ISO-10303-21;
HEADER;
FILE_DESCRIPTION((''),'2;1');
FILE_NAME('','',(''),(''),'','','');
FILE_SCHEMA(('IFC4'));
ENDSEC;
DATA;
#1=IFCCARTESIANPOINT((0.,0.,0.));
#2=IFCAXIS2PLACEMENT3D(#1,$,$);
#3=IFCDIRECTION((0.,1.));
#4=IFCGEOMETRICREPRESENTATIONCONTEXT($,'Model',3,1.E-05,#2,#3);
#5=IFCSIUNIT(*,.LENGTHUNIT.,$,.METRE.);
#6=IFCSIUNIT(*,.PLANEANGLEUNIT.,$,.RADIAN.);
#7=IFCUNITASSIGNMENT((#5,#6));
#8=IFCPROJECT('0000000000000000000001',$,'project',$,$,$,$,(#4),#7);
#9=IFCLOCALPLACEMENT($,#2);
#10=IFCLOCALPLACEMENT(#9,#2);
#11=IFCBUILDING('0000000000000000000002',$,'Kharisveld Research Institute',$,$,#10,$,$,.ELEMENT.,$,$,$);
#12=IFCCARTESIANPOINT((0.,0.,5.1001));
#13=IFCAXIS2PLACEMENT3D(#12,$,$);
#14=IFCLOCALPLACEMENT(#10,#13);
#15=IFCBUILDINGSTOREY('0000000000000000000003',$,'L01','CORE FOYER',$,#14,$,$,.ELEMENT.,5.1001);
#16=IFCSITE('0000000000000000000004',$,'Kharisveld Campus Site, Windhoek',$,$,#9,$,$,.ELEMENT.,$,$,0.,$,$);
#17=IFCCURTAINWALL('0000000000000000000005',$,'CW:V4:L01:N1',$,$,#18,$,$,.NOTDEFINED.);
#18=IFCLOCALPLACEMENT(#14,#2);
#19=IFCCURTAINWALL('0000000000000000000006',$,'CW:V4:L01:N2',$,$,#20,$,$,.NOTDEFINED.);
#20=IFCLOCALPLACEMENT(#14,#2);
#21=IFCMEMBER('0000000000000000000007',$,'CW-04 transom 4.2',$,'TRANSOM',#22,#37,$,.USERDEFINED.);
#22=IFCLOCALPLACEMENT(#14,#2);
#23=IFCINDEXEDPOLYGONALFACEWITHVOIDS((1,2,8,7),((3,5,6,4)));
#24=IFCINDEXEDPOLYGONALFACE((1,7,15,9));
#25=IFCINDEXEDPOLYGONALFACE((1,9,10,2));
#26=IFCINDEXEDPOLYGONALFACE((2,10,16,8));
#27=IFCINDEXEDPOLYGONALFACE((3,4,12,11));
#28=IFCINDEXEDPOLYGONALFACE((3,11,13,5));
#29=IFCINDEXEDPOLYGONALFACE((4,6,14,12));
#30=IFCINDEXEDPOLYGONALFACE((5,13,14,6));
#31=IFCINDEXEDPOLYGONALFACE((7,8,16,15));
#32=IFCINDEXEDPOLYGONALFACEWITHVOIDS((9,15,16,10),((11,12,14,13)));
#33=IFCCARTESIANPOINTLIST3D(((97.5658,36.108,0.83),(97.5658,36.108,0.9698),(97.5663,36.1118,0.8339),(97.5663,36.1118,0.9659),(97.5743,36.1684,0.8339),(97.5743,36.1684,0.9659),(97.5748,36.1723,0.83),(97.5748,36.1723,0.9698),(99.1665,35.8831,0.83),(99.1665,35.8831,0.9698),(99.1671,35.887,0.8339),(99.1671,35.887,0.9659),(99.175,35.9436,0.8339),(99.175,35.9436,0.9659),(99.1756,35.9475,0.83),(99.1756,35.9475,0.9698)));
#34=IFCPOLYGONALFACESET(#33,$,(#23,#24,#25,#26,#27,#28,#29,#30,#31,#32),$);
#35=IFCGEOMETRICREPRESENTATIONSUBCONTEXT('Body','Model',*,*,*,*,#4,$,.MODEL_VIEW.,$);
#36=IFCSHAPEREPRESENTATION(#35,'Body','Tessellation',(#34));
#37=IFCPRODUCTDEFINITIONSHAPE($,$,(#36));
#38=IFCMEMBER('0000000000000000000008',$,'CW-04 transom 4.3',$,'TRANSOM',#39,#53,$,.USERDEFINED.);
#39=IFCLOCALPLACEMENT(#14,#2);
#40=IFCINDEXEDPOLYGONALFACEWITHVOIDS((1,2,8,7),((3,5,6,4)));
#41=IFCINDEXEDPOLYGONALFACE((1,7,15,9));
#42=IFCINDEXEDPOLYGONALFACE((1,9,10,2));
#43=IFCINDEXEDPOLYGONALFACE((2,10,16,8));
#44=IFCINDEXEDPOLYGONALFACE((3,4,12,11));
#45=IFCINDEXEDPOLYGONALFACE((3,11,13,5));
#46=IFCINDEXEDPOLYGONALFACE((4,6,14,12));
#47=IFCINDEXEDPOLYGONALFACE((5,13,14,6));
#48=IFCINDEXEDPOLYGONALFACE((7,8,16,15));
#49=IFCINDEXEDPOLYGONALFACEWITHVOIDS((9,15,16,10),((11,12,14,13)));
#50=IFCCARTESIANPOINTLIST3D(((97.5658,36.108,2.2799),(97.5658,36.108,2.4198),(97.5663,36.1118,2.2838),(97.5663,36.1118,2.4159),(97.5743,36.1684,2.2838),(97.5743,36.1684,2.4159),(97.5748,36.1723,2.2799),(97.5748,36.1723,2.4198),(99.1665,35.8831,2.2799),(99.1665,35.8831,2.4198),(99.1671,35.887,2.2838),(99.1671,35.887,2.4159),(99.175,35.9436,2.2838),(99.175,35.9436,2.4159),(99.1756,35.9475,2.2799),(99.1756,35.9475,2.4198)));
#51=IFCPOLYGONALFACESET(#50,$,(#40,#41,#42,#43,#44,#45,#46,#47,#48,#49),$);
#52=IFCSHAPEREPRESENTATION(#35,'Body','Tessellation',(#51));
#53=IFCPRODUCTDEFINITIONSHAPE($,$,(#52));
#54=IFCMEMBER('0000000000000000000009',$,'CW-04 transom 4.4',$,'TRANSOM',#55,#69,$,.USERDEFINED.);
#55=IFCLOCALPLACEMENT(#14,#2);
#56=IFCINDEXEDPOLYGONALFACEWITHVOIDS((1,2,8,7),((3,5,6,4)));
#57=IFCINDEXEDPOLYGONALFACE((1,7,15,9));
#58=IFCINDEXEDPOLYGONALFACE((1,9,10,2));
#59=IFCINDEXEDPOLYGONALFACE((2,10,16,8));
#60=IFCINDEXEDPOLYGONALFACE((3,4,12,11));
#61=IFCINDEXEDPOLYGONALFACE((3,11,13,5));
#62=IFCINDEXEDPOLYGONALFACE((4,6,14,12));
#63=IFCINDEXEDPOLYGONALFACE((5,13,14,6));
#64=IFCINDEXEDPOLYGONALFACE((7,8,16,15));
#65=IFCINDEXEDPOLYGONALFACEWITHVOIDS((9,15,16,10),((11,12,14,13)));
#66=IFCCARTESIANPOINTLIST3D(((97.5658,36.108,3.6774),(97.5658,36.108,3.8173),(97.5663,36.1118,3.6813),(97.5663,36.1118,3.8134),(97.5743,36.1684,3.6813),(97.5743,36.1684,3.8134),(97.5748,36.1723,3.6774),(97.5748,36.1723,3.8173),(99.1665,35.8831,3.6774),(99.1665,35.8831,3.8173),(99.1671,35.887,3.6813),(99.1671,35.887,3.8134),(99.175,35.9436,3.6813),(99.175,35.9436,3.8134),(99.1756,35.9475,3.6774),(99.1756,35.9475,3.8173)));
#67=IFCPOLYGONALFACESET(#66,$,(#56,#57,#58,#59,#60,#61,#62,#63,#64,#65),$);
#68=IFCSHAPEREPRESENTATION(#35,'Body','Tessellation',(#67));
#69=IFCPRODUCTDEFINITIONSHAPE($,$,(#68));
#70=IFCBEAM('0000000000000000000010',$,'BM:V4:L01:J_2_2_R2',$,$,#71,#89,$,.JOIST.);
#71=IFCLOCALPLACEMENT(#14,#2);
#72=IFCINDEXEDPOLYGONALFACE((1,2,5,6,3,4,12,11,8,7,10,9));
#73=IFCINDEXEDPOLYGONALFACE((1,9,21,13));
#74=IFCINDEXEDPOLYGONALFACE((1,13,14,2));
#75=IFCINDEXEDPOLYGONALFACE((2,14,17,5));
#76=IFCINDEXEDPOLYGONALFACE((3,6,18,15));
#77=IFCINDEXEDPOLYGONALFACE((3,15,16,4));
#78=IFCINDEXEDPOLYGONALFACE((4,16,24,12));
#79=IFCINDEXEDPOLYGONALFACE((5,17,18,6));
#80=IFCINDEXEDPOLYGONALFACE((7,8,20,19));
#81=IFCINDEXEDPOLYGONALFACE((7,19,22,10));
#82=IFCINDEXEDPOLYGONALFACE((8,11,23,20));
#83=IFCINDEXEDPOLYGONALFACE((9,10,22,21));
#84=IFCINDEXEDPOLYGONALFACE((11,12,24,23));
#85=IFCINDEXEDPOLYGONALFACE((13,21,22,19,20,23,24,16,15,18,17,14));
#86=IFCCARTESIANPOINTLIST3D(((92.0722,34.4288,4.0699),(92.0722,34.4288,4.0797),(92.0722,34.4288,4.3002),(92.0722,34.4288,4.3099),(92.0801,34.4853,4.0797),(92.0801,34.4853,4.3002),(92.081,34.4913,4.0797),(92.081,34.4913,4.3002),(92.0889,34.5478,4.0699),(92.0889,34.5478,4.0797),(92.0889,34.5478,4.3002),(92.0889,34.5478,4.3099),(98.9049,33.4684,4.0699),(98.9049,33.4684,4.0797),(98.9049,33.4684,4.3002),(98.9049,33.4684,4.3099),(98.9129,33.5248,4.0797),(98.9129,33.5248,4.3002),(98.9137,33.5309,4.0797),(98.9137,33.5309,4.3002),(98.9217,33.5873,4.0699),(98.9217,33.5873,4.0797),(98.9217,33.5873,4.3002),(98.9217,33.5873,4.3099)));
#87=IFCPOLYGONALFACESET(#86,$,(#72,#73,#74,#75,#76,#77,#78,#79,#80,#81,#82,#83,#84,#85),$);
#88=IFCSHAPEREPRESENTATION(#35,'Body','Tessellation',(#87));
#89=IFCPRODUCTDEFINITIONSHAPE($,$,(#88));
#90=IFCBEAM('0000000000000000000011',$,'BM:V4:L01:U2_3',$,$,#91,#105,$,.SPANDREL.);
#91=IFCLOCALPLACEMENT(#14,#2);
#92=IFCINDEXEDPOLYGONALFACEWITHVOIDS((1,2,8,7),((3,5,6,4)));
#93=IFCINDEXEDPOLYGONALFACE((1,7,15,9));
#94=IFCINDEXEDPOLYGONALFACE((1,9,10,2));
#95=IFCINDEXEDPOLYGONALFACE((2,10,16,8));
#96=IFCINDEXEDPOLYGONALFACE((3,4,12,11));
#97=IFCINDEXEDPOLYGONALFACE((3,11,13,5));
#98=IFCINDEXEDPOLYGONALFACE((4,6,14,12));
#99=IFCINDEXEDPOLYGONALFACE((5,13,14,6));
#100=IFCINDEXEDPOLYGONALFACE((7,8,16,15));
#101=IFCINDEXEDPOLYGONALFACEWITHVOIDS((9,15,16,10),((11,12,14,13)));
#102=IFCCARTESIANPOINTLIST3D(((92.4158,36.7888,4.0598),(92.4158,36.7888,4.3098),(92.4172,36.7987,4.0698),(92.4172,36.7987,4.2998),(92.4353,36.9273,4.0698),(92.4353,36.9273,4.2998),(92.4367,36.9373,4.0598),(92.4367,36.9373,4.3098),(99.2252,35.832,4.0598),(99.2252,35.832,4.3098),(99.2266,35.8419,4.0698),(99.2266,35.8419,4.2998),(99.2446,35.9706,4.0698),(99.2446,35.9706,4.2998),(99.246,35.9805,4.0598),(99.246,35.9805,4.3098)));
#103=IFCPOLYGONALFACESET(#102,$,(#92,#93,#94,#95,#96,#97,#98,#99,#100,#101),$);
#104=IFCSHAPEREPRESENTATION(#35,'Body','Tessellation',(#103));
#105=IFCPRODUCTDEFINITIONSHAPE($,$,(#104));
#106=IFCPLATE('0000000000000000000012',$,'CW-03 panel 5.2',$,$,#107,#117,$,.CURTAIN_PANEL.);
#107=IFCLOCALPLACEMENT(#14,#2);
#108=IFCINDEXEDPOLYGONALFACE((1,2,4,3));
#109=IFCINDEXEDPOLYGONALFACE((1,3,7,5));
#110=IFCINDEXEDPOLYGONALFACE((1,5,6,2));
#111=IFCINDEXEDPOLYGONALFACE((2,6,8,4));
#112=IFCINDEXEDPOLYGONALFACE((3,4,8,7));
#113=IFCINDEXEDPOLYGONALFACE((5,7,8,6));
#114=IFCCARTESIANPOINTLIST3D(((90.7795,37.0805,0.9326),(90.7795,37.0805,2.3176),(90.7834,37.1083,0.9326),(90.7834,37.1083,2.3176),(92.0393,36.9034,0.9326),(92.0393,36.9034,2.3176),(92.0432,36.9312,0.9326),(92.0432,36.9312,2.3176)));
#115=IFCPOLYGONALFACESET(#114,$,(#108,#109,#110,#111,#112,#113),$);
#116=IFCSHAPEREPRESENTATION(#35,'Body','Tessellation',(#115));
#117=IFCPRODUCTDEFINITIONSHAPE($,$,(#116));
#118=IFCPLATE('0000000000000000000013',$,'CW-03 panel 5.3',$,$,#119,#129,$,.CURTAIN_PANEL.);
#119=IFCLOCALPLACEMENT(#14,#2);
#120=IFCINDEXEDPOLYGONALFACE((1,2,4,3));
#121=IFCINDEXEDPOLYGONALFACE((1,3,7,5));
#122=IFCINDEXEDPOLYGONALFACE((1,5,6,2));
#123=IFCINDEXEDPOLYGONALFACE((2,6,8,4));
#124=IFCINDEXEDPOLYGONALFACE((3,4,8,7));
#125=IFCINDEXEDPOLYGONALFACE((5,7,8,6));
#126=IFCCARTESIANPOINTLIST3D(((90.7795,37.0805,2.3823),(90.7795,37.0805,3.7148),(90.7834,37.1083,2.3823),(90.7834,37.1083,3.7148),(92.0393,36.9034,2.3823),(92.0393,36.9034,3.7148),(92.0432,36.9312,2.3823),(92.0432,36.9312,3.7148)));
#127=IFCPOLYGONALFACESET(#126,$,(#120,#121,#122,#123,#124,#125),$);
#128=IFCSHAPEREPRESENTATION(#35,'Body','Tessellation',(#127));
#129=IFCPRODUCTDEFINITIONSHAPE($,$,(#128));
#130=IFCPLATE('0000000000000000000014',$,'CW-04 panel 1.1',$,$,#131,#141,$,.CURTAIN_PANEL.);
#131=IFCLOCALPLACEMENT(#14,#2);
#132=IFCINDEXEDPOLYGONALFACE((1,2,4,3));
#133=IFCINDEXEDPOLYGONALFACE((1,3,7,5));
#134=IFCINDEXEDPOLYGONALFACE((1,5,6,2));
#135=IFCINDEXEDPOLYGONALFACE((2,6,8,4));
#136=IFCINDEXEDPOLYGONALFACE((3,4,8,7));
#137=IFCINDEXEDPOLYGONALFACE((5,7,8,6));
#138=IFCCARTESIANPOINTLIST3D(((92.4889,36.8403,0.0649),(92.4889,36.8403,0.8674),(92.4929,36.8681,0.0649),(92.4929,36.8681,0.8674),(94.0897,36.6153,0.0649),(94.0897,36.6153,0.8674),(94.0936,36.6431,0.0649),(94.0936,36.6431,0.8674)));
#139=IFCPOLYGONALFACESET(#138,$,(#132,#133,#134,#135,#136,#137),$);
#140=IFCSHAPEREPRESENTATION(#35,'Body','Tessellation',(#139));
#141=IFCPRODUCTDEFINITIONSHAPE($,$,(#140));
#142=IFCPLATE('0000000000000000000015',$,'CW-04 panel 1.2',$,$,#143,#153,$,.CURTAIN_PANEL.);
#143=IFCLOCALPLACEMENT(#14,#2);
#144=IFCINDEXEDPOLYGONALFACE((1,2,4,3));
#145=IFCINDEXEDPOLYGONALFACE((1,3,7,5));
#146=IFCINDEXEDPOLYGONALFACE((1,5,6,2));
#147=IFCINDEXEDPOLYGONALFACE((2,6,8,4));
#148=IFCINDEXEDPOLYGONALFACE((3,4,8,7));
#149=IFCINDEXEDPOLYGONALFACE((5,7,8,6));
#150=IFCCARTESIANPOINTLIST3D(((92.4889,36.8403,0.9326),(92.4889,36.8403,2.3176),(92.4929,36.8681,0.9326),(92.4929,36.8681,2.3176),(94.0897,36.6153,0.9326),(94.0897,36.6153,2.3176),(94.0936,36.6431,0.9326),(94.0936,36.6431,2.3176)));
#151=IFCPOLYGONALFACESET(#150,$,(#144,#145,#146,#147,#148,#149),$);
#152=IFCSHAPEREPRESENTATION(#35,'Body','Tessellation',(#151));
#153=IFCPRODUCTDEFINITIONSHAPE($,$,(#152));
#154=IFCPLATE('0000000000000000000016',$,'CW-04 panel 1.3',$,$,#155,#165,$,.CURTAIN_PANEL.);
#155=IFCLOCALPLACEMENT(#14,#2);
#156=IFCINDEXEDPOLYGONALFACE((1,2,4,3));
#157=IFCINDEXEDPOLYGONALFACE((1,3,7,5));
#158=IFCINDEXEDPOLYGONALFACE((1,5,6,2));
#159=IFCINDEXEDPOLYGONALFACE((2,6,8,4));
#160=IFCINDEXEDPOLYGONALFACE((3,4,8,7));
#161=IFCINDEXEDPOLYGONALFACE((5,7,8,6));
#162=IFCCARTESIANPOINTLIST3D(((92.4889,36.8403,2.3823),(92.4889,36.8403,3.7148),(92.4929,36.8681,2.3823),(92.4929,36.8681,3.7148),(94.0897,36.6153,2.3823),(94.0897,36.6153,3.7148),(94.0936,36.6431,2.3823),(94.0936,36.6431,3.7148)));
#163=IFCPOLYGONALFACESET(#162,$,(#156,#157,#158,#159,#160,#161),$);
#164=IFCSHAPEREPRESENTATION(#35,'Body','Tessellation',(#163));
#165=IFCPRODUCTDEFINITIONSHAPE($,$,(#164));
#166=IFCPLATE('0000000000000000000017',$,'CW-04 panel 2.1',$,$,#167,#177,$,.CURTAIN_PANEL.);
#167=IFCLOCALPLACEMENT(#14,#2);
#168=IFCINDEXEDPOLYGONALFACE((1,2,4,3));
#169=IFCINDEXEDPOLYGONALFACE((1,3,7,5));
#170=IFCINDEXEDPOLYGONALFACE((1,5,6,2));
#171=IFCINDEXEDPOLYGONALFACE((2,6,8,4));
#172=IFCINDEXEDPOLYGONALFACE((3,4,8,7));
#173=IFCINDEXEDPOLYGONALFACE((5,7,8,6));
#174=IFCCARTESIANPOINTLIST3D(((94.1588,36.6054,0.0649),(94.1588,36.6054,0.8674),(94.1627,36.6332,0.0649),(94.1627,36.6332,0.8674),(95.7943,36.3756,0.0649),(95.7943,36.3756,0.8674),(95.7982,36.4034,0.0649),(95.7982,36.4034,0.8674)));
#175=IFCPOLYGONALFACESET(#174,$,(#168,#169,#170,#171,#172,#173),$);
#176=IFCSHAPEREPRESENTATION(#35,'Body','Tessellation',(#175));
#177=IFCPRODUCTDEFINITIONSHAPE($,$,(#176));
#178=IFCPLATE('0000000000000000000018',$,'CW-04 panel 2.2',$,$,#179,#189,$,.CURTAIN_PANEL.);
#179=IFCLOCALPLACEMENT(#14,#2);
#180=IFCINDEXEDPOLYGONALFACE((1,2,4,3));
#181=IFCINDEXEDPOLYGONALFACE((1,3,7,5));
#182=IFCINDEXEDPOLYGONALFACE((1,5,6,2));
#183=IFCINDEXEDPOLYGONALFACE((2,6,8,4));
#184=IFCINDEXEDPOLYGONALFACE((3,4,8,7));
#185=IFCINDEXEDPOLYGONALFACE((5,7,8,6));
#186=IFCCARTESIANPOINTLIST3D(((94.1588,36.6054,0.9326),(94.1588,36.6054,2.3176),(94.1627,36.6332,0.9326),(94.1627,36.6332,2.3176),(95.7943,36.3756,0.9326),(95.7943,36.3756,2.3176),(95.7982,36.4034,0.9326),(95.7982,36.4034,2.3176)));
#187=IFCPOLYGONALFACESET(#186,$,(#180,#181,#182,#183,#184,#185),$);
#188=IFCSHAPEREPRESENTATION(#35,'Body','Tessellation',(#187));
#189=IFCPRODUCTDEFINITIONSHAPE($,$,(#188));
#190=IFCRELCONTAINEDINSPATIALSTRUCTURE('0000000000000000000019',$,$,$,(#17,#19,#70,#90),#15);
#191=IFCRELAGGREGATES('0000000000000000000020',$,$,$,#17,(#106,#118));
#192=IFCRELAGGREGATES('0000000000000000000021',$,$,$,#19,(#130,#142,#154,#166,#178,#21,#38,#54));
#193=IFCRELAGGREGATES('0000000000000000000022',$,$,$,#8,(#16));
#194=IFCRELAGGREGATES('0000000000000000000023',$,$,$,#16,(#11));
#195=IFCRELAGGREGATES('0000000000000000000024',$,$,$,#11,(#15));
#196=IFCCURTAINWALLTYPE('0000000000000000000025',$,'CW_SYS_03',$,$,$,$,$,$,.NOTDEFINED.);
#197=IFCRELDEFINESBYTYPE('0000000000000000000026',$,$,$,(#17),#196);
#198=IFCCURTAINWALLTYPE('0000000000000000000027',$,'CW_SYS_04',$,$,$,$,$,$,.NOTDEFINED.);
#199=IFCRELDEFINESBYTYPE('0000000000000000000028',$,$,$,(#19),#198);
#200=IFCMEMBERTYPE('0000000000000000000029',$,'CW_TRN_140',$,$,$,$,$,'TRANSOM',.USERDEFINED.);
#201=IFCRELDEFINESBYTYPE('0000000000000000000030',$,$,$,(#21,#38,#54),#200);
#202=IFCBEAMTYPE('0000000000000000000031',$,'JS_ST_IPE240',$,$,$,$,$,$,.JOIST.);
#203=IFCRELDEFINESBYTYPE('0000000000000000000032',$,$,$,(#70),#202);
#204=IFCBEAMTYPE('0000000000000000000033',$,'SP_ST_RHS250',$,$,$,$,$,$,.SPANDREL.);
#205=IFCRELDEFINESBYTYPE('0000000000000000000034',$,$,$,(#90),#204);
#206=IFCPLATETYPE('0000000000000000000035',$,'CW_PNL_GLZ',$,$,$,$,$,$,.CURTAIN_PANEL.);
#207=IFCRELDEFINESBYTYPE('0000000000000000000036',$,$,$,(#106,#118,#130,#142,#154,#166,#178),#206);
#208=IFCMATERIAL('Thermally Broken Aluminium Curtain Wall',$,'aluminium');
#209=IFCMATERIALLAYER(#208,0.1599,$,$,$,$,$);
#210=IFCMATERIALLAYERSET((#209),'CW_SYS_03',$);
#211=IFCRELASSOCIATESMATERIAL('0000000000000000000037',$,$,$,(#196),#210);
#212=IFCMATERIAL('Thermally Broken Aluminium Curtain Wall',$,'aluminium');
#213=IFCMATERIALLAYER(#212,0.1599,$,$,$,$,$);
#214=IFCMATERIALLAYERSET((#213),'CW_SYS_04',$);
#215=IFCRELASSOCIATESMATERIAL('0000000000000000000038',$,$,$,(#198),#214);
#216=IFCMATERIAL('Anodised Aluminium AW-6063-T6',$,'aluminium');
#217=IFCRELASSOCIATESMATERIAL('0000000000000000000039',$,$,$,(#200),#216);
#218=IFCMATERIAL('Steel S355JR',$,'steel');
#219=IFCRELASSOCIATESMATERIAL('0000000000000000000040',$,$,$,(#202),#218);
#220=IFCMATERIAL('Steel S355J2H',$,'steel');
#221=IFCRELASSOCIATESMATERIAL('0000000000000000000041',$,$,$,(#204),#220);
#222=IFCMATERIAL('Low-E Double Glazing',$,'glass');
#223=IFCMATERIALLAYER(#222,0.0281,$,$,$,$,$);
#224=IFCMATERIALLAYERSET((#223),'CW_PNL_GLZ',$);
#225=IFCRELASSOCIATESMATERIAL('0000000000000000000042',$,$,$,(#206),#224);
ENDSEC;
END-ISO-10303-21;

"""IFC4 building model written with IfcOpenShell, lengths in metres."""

from ifc_helpers import new_model, si_unit, direction, frame, origin, origin_2d, place, context, subcontext, project, spatial, rectangle, hollow_rectangle, i_section, extrude, material, layer, layer_set, material_profile, profile_set, type_object, element, aggregate, save


model = new_model("IFC4")

# Units and contexts
model_context = context("Model", 3, precision=1e-05, world=origin(), true_north=direction((0.0, 1.0)))
body_context = subcontext(model_context, "Body", "Model", "MODEL_VIEW")
ifc_project = project(units=[si_unit("LENGTHUNIT", "METRE"), si_unit("PLANEANGLEUNIT", "RADIAN")], contexts=[model_context])

# Site, building, storey
site_placement = place(None, origin())
site = spatial("IfcSite", under=ifc_project, at=site_placement, Name="Kharisveld Campus Site, Windhoek", CompositionType="ELEMENT", RefElevation=0.0)
building_placement = place(site_placement, origin())
building = spatial("IfcBuilding", under=site, at=building_placement, Name="Kharisveld Research Institute", CompositionType="ELEMENT")
storey_placement = place(building_placement, frame((0.0, 0.0, 5.1001)))
storey = spatial("IfcBuildingStorey", under=building, at=storey_placement, Name="L01", Description="CORE FOYER", CompositionType="ELEMENT", Elevation=5.1001)

# Curtain wall
ifc_material_1 = material(Name="Thermally Broken Aluminium Curtain Wall", Category="aluminium")
ifc_layer_1 = layer(ifc_material_1, 0.1599)
ifc_layer_set_1 = layer_set([ifc_layer_1], Name="CW_SYS_03")
curtain_wall_type_1 = type_object("IfcCurtainWallType", Name="CW_SYS_03", PredefinedType="NOTDEFINED", material=ifc_layer_set_1)
curtain_wall_1_placement = place(storey_placement, origin())
curtain_wall_1 = element("IfcCurtainWall", 1, at=curtain_wall_1_placement, inside=storey, type_object=curtain_wall_type_1, Name="CW:V4:L01:N1", PredefinedType="NOTDEFINED")

# Curtain wall, members
ifc_material_2 = material(Name="Thermally Broken Aluminium Curtain Wall", Category="aluminium")
ifc_layer_2 = layer(ifc_material_2, 0.1599)
ifc_layer_set_2 = layer_set([ifc_layer_2], Name="CW_SYS_04")
curtain_wall_type_2 = type_object("IfcCurtainWallType", Name="CW_SYS_04", PredefinedType="NOTDEFINED", material=ifc_layer_set_2)
curtain_wall_2_placement = place(storey_placement, origin())
curtain_wall_2 = element("IfcCurtainWall", 2, at=curtain_wall_2_placement, inside=storey, type_object=curtain_wall_type_2, Name="CW:V4:L01:N2", PredefinedType="NOTDEFINED")
ifc_material_3 = material(Name="Anodised Aluminium AW-6063-T6", Category="aluminium")
ifc_material_profile_1 = material_profile(ifc_material_3, hollow_rectangle(XDim=0.0649, YDim=0.1399, WallThickness=0.0039, at=origin_2d()))
ifc_profile_set_1 = profile_set([ifc_material_profile_1], Name="Anodised Aluminium AW-6063-T6")
member_type_1 = type_object("IfcMemberType", Name="CW_TRN_140", ElementType="TRANSOM", PredefinedType="USERDEFINED", material=ifc_profile_set_1)
member_1_placement = place(storey_placement, frame((97.5703, 36.1401, 0.8999), z_axis=(0.990279, -0.139095, 0.0), x_axis=(0.139095, 0.990279, 0.0)))
member_1 = element("IfcMember", 3, at=member_1_placement, type_object=member_type_1, Name="CW-04 transom 4.2", ObjectType="TRANSOM", PredefinedType="USERDEFINED", context=body_context, shape_type="SweptSolid", body=[
    extrude(hollow_rectangle(XDim=0.0649, YDim=0.1399, WallThickness=0.0039, at=origin_2d()), origin(), (0.0, 0.0, 1.0), 1.6165),
])
member_2_placement = place(storey_placement, frame((97.5703, 36.1401, 2.3499), z_axis=(0.990279, -0.139095, 0.0), x_axis=(0.139095, 0.990279, 0.0)))
member_2 = element("IfcMember", 4, at=member_2_placement, type_object=member_type_1, Name="CW-04 transom 4.3", ObjectType="TRANSOM", PredefinedType="USERDEFINED", context=body_context, shape_type="SweptSolid", body=[
    extrude(hollow_rectangle(XDim=0.0649, YDim=0.1399, WallThickness=0.0039, at=origin_2d()), origin(), (0.0, 0.0, 1.0), 1.6165),
])
member_3_placement = place(storey_placement, frame((97.5703, 36.1401, 3.7473), z_axis=(0.990279, -0.139095, 0.0), x_axis=(0.139095, 0.990279, 0.0)))
member_3 = element("IfcMember", 5, at=member_3_placement, type_object=member_type_1, Name="CW-04 transom 4.4", ObjectType="TRANSOM", PredefinedType="USERDEFINED", context=body_context, shape_type="SweptSolid", body=[
    extrude(hollow_rectangle(XDim=0.0649, YDim=0.1399, WallThickness=0.0039, at=origin_2d()), origin(), (0.0, 0.0, 1.0), 1.6165),
])

# Beams
ifc_material_4 = material(Name="Steel S355JR", Category="steel")
ifc_material_profile_2 = material_profile(ifc_material_4, i_section(OverallWidth=0.1201, OverallDepth=0.24, WebThickness=0.0061, FlangeThickness=0.0098, at=origin_2d()))
ifc_profile_set_2 = profile_set([ifc_material_profile_2], Name="Steel S355JR")
beam_type_1 = type_object("IfcBeamType", Name="JS_ST_IPE240", PredefinedType="JOIST", material=ifc_profile_set_2)
beam_1_placement = place(storey_placement, frame((92.0806, 34.4883, 4.1899), z_axis=(0.990265, -0.139197, 0.0), x_axis=(0.139197, 0.990265, 0.0)))
element("IfcBeam", 6, at=beam_1_placement, inside=storey, type_object=beam_type_1, Name="BM:V4:L01:J_2_2_R2", PredefinedType="JOIST", context=body_context, shape_type="SweptSolid", body=[
    extrude(i_section(OverallWidth=0.1201, OverallDepth=0.24, WebThickness=0.0061, FlangeThickness=0.0098, at=origin_2d()), origin(), (0.0, 0.0, 1.0), 6.8999),
])
ifc_material_5 = material(Name="Steel S355J2H", Category="steel")
ifc_material_profile_3 = material_profile(ifc_material_5, hollow_rectangle(XDim=0.1499, YDim=0.25, WallThickness=0.01, at=origin_2d()))
ifc_profile_set_3 = profile_set([ifc_material_profile_3], Name="Steel S355J2H")
beam_type_2 = type_object("IfcBeamType", Name="SP_ST_RHS250", PredefinedType="SPANDREL", material=ifc_profile_set_3)
beam_2_placement = place(storey_placement, frame((92.4263, 36.863, 4.1848), z_axis=(0.990272, -0.139144, 0.0), x_axis=(0.139144, 0.990272, 0.0)))
element("IfcBeam", 7, at=beam_2_placement, inside=storey, type_object=beam_type_2, Name="BM:V4:L01:U2_3", PredefinedType="SPANDREL", context=body_context, shape_type="SweptSolid", body=[
    extrude(hollow_rectangle(XDim=0.1499, YDim=0.25, WallThickness=0.01, at=origin_2d()), origin(), (0.0, 0.0, 1.0), 6.8762),
])

# Plates
ifc_material_6 = material(Name="Low-E Double Glazing", Category="glass")
ifc_layer_3 = layer(ifc_material_6, 0.0281)
ifc_layer_set_3 = layer_set([ifc_layer_3], Name="CW_PNL_GLZ")
plate_type = type_object("IfcPlateType", Name="CW_PNL_GLZ", PredefinedType="CURTAIN_PANEL", material=ifc_layer_set_3)
plate_1_placement = place(storey_placement, frame((91.4114, 37.0059, 0.9326), z_axis=(0.0, 0.0, 1.0), x_axis=(0.990268, -0.139173, 0.0)))
plate_1 = element("IfcPlate", 8, at=plate_1_placement, type_object=plate_type, Name="CW-03 panel 5.2", PredefinedType="CURTAIN_PANEL", context=body_context, shape_type="SweptSolid", body=[
    extrude(rectangle(XDim=1.2722, YDim=0.0281, at=origin_2d()), origin(), (0.0, 0.0, 1.0), 1.385),
])
plate_2_placement = place(storey_placement, frame((91.4114, 37.0059, 2.3823), z_axis=(0.0, 0.0, 1.0), x_axis=(0.990268, -0.139173, 0.0)))
plate_2 = element("IfcPlate", 9, at=plate_2_placement, type_object=plate_type, Name="CW-03 panel 5.3", PredefinedType="CURTAIN_PANEL", context=body_context, shape_type="SweptSolid", body=[
    extrude(rectangle(XDim=1.2722, YDim=0.0281, at=origin_2d()), origin(), (0.0, 0.0, 1.0), 1.3325),
])
aggregate(curtain_wall_1, [plate_1, plate_2])
plate_3_placement = place(storey_placement, frame((93.2913, 36.7417, 0.0649), z_axis=(0.0, 0.0, 1.0), x_axis=(0.990268, -0.139173, 0.0)))
plate_3 = element("IfcPlate", 10, at=plate_3_placement, type_object=plate_type, Name="CW-04 panel 1.1", PredefinedType="CURTAIN_PANEL", context=body_context, shape_type="SweptSolid", body=[
    extrude(rectangle(XDim=1.6165, YDim=0.0281, at=origin_2d()), origin(), (0.0, 0.0, 1.0), 0.8025),
])
plate_4_placement = place(storey_placement, frame((93.2913, 36.7417, 0.9326), z_axis=(0.0, 0.0, 1.0), x_axis=(0.990268, -0.139173, 0.0)))
plate_4 = element("IfcPlate", 11, at=plate_4_placement, type_object=plate_type, Name="CW-04 panel 1.2", PredefinedType="CURTAIN_PANEL", context=body_context, shape_type="SweptSolid", body=[
    extrude(rectangle(XDim=1.6165, YDim=0.0281, at=origin_2d()), origin(), (0.0, 0.0, 1.0), 1.385),
])
plate_5_placement = place(storey_placement, frame((93.2913, 36.7417, 2.3823), z_axis=(0.0, 0.0, 1.0), x_axis=(0.990268, -0.139173, 0.0)))
plate_5 = element("IfcPlate", 12, at=plate_5_placement, type_object=plate_type, Name="CW-04 panel 1.3", PredefinedType="CURTAIN_PANEL", context=body_context, shape_type="SweptSolid", body=[
    extrude(rectangle(XDim=1.6165, YDim=0.0281, at=origin_2d()), origin(), (0.0, 0.0, 1.0), 1.3325),
])
plate_6_placement = place(storey_placement, frame((94.9785, 36.5044, 0.0649), z_axis=(0.0, 0.0, 1.0), x_axis=(0.990268, -0.139173, 0.0)))
plate_6 = element("IfcPlate", 13, at=plate_6_placement, type_object=plate_type, Name="CW-04 panel 2.1", PredefinedType="CURTAIN_PANEL", context=body_context, shape_type="SweptSolid", body=[
    extrude(rectangle(XDim=1.6516, YDim=0.0281, at=origin_2d()), origin(), (0.0, 0.0, 1.0), 0.8025),
])
plate_7_placement = place(storey_placement, frame((94.9785, 36.5044, 0.9326), z_axis=(0.0, 0.0, 1.0), x_axis=(0.990268, -0.139173, 0.0)))
plate_7 = element("IfcPlate", 14, at=plate_7_placement, type_object=plate_type, Name="CW-04 panel 2.2", PredefinedType="CURTAIN_PANEL", context=body_context, shape_type="SweptSolid", body=[
    extrude(rectangle(XDim=1.6516, YDim=0.0281, at=origin_2d()), origin(), (0.0, 0.0, 1.0), 1.385),
])
aggregate(curtain_wall_2, [plate_3, plate_4, plate_5, plate_6, plate_7, member_1, member_2, member_3])

save(model, "model.ifc")
